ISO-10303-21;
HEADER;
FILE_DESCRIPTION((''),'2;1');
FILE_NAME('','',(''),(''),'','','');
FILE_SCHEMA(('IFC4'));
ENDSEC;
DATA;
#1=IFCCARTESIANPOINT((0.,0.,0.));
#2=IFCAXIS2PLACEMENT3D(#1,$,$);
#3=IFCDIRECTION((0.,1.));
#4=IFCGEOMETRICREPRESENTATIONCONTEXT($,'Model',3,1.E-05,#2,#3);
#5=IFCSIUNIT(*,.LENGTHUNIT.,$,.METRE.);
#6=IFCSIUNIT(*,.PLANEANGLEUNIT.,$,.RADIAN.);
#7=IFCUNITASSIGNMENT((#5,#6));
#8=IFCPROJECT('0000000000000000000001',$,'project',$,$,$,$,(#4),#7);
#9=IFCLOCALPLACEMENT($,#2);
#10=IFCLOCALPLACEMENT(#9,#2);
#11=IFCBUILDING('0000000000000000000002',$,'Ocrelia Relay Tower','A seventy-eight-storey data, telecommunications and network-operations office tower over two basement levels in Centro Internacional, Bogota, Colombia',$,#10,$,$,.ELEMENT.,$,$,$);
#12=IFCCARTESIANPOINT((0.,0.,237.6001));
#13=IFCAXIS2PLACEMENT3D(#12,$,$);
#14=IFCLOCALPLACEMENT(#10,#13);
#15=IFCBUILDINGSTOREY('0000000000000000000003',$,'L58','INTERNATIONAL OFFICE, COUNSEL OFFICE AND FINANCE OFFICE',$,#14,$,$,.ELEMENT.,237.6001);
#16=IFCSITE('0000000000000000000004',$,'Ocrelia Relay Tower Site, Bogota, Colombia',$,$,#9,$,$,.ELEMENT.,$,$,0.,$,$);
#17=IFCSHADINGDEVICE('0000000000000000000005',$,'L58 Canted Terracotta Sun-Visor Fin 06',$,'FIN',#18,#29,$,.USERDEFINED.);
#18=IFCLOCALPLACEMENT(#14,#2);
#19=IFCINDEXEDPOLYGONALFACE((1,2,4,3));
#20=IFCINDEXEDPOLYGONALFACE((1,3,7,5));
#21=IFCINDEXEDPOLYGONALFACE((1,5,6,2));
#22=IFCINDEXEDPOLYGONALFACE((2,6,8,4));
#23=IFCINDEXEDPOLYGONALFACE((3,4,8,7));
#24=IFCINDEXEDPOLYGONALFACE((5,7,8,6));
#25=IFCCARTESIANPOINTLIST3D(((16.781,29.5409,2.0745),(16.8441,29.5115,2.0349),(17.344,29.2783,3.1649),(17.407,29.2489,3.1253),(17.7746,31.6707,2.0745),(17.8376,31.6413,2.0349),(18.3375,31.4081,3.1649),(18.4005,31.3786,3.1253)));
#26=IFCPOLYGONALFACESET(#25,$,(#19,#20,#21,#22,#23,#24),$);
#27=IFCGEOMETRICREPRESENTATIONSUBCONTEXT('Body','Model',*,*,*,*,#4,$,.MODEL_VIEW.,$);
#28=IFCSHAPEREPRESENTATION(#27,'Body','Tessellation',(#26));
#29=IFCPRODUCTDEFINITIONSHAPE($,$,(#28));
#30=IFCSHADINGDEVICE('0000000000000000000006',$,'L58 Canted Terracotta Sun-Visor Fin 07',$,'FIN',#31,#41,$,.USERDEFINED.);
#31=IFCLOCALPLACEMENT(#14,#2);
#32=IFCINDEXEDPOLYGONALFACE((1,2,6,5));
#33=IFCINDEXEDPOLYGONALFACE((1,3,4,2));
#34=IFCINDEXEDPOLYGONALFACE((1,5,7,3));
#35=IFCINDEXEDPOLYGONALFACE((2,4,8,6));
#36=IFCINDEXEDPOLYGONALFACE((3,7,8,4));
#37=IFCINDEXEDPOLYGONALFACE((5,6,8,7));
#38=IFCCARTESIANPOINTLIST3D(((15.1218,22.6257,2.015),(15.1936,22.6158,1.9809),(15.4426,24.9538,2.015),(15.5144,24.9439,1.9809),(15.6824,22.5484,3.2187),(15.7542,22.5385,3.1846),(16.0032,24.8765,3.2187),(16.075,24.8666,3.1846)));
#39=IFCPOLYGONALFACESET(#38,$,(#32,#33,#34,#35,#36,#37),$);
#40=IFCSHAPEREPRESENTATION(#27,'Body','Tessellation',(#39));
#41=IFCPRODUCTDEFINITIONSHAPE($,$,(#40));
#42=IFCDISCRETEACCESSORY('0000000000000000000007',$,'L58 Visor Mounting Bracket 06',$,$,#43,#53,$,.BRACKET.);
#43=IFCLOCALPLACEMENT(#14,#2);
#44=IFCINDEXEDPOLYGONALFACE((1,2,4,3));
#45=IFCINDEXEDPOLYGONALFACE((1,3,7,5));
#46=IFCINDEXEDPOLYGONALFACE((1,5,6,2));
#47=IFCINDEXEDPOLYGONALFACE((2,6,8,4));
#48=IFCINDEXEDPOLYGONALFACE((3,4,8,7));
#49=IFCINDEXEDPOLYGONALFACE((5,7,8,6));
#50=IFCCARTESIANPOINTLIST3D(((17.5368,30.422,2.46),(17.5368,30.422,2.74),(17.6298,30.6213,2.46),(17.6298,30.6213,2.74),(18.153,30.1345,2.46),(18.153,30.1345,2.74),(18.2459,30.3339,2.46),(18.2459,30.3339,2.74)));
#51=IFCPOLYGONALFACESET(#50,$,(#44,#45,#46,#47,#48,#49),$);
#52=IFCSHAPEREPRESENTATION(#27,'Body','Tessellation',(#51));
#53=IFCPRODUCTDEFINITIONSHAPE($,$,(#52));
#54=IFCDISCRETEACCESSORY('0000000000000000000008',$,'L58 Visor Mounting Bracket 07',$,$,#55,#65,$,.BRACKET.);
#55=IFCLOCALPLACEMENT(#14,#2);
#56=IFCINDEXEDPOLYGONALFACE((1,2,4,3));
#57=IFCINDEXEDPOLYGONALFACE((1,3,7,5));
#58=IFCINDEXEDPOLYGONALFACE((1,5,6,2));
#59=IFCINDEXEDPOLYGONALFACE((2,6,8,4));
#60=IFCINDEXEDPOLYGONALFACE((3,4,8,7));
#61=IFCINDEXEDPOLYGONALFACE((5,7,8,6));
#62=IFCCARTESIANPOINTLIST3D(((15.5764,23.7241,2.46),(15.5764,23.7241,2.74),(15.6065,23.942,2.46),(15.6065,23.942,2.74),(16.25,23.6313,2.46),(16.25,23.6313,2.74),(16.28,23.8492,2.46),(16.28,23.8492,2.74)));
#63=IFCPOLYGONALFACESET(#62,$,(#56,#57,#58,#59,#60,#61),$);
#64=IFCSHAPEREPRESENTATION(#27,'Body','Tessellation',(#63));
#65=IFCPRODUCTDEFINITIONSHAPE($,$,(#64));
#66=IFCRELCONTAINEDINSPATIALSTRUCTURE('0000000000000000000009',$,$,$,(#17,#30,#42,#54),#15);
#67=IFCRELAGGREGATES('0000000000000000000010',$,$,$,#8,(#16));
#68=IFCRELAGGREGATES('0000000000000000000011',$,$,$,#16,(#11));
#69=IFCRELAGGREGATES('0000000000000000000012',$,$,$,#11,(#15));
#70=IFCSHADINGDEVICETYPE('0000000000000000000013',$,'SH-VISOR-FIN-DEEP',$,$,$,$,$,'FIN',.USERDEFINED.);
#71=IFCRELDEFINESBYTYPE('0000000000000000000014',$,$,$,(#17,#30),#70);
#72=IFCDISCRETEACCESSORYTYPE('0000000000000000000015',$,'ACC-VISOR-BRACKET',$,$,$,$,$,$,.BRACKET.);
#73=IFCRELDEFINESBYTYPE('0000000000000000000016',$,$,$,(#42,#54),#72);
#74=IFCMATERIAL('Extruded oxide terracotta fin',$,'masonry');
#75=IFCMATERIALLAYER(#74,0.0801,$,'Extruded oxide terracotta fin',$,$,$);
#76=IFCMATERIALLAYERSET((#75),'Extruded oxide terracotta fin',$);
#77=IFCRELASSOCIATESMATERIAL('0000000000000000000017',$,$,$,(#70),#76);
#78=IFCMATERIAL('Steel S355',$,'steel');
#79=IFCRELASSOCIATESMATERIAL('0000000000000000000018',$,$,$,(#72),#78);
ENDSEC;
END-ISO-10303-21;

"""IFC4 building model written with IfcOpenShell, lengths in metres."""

from ifc_helpers import new_model, si_unit, direction, frame, origin, origin_2d, place, context, subcontext, project, spatial, rectangle, extrude, material, layer, layer_set, type_object, element, save


model = new_model("IFC4")

# Units and contexts
model_context = context("Model", 3, precision=1e-05, world=origin(), true_north=direction((0.0, 1.0)))
body_context = subcontext(model_context, "Body", "Model", "MODEL_VIEW")
ifc_project = project(units=[si_unit("LENGTHUNIT", "METRE"), si_unit("PLANEANGLEUNIT", "RADIAN")], contexts=[model_context])

# Site, building, storey
site_placement = place(None, origin())
site = spatial("IfcSite", under=ifc_project, at=site_placement, Name="Ocrelia Relay Tower Site, Bogota, Colombia", CompositionType="ELEMENT", RefElevation=0.0)
building_placement = place(site_placement, origin())
building = spatial("IfcBuilding", under=site, at=building_placement, Name="Ocrelia Relay Tower", Description="A seventy-eight-storey data, telecommunications and network-operations office tower over two basement levels in Centro Internacional, Bogota, Colombia", CompositionType="ELEMENT")
storey_placement = place(building_placement, frame((0.0, 0.0, 237.6001)))
storey = spatial("IfcBuildingStorey", under=building, at=storey_placement, Name="L58", Description="INTERNATIONAL OFFICE, COUNSEL OFFICE AND FINANCE OFFICE", CompositionType="ELEMENT", Elevation=237.6001)

# Shared definitions
ifc_material_1 = material(Name="Steel S355", Category="steel")

# Shading devices
ifc_material_2 = material(Name="Extruded oxide terracotta fin", Category="masonry")
ifc_layer_1 = layer(ifc_material_2, 0.0801, Name="Extruded oxide terracotta fin")
ifc_layer_set_1 = layer_set([ifc_layer_1], Name="Extruded oxide terracotta fin")
shading_device_type_1 = type_object("IfcShadingDeviceType", Name="SH-VISOR-FIN-DEEP", ElementType="FIN", PredefinedType="USERDEFINED", material=ifc_layer_set_1)
shading_device_1_placement = place(storey_placement, frame((17.6223, 30.4451, 2.5801), z_axis=(-0.787426, 0.36733, 0.495004), x_axis=(-0.422757, -0.906243, 0.0)))
element("IfcShadingDevice", 1, at=shading_device_1_placement, inside=storey, type_object=shading_device_type_1, Name="L58 Canted Terracotta Sun-Visor Fin 06", ObjectType="FIN", PredefinedType="USERDEFINED", context=body_context, shape_type="SweptSolid", body=[
    extrude(rectangle(XDim=2.3501, YDim=1.2549, at=origin_2d()), origin(), (0.0, 0.0, 1.0), 0.0801),
])
shading_device_2_placement = place(storey_placement, frame((15.6343, 23.7412, 2.5828), z_axis=(-0.896503, 0.123543, 0.425463), x_axis=(-0.136516, -0.990638, 0.0)))
element("IfcShadingDevice", 2, at=shading_device_2_placement, inside=storey, type_object=shading_device_type_1, Name="L58 Canted Terracotta Sun-Visor Fin 07", ObjectType="FIN", PredefinedType="USERDEFINED", context=body_context, shape_type="SweptSolid", body=[
    extrude(rectangle(XDim=2.3501, YDim=1.3301, at=origin_2d()), origin(), (0.0, 0.0, 1.0), 0.0801),
])

# Discrete accessories
discrete_accessory_type = type_object("IfcDiscreteAccessoryType", Name="ACC-VISOR-BRACKET", PredefinedType="BRACKET", material=ifc_material_1)
for number, where, z_axis, x_axis, name in (
    (3, (17.8914, 30.3779, 2.46), (0.0, 0.0, 1.0), (-0.422757, -0.906243, 0.0), "L58 Visor Mounting Bracket 06"),
    (4, (15.9282, 23.7866, 2.46), (0.0, 0.0, 1.0), (-0.136516, -0.990638, 0.0), "L58 Visor Mounting Bracket 07"),
):
    element("IfcDiscreteAccessory", number, at=place(storey_placement, frame(where, z_axis=z_axis, x_axis=x_axis)), inside=storey, type_object=discrete_accessory_type, Name=name, PredefinedType="BRACKET", context=body_context, shape_type="SweptSolid", body=[
        extrude(rectangle(XDim=0.22, YDim=0.6799, at=origin_2d()), origin(), (0.0, 0.0, 1.0), 0.28),
    ])

save(model, "model.ifc")
